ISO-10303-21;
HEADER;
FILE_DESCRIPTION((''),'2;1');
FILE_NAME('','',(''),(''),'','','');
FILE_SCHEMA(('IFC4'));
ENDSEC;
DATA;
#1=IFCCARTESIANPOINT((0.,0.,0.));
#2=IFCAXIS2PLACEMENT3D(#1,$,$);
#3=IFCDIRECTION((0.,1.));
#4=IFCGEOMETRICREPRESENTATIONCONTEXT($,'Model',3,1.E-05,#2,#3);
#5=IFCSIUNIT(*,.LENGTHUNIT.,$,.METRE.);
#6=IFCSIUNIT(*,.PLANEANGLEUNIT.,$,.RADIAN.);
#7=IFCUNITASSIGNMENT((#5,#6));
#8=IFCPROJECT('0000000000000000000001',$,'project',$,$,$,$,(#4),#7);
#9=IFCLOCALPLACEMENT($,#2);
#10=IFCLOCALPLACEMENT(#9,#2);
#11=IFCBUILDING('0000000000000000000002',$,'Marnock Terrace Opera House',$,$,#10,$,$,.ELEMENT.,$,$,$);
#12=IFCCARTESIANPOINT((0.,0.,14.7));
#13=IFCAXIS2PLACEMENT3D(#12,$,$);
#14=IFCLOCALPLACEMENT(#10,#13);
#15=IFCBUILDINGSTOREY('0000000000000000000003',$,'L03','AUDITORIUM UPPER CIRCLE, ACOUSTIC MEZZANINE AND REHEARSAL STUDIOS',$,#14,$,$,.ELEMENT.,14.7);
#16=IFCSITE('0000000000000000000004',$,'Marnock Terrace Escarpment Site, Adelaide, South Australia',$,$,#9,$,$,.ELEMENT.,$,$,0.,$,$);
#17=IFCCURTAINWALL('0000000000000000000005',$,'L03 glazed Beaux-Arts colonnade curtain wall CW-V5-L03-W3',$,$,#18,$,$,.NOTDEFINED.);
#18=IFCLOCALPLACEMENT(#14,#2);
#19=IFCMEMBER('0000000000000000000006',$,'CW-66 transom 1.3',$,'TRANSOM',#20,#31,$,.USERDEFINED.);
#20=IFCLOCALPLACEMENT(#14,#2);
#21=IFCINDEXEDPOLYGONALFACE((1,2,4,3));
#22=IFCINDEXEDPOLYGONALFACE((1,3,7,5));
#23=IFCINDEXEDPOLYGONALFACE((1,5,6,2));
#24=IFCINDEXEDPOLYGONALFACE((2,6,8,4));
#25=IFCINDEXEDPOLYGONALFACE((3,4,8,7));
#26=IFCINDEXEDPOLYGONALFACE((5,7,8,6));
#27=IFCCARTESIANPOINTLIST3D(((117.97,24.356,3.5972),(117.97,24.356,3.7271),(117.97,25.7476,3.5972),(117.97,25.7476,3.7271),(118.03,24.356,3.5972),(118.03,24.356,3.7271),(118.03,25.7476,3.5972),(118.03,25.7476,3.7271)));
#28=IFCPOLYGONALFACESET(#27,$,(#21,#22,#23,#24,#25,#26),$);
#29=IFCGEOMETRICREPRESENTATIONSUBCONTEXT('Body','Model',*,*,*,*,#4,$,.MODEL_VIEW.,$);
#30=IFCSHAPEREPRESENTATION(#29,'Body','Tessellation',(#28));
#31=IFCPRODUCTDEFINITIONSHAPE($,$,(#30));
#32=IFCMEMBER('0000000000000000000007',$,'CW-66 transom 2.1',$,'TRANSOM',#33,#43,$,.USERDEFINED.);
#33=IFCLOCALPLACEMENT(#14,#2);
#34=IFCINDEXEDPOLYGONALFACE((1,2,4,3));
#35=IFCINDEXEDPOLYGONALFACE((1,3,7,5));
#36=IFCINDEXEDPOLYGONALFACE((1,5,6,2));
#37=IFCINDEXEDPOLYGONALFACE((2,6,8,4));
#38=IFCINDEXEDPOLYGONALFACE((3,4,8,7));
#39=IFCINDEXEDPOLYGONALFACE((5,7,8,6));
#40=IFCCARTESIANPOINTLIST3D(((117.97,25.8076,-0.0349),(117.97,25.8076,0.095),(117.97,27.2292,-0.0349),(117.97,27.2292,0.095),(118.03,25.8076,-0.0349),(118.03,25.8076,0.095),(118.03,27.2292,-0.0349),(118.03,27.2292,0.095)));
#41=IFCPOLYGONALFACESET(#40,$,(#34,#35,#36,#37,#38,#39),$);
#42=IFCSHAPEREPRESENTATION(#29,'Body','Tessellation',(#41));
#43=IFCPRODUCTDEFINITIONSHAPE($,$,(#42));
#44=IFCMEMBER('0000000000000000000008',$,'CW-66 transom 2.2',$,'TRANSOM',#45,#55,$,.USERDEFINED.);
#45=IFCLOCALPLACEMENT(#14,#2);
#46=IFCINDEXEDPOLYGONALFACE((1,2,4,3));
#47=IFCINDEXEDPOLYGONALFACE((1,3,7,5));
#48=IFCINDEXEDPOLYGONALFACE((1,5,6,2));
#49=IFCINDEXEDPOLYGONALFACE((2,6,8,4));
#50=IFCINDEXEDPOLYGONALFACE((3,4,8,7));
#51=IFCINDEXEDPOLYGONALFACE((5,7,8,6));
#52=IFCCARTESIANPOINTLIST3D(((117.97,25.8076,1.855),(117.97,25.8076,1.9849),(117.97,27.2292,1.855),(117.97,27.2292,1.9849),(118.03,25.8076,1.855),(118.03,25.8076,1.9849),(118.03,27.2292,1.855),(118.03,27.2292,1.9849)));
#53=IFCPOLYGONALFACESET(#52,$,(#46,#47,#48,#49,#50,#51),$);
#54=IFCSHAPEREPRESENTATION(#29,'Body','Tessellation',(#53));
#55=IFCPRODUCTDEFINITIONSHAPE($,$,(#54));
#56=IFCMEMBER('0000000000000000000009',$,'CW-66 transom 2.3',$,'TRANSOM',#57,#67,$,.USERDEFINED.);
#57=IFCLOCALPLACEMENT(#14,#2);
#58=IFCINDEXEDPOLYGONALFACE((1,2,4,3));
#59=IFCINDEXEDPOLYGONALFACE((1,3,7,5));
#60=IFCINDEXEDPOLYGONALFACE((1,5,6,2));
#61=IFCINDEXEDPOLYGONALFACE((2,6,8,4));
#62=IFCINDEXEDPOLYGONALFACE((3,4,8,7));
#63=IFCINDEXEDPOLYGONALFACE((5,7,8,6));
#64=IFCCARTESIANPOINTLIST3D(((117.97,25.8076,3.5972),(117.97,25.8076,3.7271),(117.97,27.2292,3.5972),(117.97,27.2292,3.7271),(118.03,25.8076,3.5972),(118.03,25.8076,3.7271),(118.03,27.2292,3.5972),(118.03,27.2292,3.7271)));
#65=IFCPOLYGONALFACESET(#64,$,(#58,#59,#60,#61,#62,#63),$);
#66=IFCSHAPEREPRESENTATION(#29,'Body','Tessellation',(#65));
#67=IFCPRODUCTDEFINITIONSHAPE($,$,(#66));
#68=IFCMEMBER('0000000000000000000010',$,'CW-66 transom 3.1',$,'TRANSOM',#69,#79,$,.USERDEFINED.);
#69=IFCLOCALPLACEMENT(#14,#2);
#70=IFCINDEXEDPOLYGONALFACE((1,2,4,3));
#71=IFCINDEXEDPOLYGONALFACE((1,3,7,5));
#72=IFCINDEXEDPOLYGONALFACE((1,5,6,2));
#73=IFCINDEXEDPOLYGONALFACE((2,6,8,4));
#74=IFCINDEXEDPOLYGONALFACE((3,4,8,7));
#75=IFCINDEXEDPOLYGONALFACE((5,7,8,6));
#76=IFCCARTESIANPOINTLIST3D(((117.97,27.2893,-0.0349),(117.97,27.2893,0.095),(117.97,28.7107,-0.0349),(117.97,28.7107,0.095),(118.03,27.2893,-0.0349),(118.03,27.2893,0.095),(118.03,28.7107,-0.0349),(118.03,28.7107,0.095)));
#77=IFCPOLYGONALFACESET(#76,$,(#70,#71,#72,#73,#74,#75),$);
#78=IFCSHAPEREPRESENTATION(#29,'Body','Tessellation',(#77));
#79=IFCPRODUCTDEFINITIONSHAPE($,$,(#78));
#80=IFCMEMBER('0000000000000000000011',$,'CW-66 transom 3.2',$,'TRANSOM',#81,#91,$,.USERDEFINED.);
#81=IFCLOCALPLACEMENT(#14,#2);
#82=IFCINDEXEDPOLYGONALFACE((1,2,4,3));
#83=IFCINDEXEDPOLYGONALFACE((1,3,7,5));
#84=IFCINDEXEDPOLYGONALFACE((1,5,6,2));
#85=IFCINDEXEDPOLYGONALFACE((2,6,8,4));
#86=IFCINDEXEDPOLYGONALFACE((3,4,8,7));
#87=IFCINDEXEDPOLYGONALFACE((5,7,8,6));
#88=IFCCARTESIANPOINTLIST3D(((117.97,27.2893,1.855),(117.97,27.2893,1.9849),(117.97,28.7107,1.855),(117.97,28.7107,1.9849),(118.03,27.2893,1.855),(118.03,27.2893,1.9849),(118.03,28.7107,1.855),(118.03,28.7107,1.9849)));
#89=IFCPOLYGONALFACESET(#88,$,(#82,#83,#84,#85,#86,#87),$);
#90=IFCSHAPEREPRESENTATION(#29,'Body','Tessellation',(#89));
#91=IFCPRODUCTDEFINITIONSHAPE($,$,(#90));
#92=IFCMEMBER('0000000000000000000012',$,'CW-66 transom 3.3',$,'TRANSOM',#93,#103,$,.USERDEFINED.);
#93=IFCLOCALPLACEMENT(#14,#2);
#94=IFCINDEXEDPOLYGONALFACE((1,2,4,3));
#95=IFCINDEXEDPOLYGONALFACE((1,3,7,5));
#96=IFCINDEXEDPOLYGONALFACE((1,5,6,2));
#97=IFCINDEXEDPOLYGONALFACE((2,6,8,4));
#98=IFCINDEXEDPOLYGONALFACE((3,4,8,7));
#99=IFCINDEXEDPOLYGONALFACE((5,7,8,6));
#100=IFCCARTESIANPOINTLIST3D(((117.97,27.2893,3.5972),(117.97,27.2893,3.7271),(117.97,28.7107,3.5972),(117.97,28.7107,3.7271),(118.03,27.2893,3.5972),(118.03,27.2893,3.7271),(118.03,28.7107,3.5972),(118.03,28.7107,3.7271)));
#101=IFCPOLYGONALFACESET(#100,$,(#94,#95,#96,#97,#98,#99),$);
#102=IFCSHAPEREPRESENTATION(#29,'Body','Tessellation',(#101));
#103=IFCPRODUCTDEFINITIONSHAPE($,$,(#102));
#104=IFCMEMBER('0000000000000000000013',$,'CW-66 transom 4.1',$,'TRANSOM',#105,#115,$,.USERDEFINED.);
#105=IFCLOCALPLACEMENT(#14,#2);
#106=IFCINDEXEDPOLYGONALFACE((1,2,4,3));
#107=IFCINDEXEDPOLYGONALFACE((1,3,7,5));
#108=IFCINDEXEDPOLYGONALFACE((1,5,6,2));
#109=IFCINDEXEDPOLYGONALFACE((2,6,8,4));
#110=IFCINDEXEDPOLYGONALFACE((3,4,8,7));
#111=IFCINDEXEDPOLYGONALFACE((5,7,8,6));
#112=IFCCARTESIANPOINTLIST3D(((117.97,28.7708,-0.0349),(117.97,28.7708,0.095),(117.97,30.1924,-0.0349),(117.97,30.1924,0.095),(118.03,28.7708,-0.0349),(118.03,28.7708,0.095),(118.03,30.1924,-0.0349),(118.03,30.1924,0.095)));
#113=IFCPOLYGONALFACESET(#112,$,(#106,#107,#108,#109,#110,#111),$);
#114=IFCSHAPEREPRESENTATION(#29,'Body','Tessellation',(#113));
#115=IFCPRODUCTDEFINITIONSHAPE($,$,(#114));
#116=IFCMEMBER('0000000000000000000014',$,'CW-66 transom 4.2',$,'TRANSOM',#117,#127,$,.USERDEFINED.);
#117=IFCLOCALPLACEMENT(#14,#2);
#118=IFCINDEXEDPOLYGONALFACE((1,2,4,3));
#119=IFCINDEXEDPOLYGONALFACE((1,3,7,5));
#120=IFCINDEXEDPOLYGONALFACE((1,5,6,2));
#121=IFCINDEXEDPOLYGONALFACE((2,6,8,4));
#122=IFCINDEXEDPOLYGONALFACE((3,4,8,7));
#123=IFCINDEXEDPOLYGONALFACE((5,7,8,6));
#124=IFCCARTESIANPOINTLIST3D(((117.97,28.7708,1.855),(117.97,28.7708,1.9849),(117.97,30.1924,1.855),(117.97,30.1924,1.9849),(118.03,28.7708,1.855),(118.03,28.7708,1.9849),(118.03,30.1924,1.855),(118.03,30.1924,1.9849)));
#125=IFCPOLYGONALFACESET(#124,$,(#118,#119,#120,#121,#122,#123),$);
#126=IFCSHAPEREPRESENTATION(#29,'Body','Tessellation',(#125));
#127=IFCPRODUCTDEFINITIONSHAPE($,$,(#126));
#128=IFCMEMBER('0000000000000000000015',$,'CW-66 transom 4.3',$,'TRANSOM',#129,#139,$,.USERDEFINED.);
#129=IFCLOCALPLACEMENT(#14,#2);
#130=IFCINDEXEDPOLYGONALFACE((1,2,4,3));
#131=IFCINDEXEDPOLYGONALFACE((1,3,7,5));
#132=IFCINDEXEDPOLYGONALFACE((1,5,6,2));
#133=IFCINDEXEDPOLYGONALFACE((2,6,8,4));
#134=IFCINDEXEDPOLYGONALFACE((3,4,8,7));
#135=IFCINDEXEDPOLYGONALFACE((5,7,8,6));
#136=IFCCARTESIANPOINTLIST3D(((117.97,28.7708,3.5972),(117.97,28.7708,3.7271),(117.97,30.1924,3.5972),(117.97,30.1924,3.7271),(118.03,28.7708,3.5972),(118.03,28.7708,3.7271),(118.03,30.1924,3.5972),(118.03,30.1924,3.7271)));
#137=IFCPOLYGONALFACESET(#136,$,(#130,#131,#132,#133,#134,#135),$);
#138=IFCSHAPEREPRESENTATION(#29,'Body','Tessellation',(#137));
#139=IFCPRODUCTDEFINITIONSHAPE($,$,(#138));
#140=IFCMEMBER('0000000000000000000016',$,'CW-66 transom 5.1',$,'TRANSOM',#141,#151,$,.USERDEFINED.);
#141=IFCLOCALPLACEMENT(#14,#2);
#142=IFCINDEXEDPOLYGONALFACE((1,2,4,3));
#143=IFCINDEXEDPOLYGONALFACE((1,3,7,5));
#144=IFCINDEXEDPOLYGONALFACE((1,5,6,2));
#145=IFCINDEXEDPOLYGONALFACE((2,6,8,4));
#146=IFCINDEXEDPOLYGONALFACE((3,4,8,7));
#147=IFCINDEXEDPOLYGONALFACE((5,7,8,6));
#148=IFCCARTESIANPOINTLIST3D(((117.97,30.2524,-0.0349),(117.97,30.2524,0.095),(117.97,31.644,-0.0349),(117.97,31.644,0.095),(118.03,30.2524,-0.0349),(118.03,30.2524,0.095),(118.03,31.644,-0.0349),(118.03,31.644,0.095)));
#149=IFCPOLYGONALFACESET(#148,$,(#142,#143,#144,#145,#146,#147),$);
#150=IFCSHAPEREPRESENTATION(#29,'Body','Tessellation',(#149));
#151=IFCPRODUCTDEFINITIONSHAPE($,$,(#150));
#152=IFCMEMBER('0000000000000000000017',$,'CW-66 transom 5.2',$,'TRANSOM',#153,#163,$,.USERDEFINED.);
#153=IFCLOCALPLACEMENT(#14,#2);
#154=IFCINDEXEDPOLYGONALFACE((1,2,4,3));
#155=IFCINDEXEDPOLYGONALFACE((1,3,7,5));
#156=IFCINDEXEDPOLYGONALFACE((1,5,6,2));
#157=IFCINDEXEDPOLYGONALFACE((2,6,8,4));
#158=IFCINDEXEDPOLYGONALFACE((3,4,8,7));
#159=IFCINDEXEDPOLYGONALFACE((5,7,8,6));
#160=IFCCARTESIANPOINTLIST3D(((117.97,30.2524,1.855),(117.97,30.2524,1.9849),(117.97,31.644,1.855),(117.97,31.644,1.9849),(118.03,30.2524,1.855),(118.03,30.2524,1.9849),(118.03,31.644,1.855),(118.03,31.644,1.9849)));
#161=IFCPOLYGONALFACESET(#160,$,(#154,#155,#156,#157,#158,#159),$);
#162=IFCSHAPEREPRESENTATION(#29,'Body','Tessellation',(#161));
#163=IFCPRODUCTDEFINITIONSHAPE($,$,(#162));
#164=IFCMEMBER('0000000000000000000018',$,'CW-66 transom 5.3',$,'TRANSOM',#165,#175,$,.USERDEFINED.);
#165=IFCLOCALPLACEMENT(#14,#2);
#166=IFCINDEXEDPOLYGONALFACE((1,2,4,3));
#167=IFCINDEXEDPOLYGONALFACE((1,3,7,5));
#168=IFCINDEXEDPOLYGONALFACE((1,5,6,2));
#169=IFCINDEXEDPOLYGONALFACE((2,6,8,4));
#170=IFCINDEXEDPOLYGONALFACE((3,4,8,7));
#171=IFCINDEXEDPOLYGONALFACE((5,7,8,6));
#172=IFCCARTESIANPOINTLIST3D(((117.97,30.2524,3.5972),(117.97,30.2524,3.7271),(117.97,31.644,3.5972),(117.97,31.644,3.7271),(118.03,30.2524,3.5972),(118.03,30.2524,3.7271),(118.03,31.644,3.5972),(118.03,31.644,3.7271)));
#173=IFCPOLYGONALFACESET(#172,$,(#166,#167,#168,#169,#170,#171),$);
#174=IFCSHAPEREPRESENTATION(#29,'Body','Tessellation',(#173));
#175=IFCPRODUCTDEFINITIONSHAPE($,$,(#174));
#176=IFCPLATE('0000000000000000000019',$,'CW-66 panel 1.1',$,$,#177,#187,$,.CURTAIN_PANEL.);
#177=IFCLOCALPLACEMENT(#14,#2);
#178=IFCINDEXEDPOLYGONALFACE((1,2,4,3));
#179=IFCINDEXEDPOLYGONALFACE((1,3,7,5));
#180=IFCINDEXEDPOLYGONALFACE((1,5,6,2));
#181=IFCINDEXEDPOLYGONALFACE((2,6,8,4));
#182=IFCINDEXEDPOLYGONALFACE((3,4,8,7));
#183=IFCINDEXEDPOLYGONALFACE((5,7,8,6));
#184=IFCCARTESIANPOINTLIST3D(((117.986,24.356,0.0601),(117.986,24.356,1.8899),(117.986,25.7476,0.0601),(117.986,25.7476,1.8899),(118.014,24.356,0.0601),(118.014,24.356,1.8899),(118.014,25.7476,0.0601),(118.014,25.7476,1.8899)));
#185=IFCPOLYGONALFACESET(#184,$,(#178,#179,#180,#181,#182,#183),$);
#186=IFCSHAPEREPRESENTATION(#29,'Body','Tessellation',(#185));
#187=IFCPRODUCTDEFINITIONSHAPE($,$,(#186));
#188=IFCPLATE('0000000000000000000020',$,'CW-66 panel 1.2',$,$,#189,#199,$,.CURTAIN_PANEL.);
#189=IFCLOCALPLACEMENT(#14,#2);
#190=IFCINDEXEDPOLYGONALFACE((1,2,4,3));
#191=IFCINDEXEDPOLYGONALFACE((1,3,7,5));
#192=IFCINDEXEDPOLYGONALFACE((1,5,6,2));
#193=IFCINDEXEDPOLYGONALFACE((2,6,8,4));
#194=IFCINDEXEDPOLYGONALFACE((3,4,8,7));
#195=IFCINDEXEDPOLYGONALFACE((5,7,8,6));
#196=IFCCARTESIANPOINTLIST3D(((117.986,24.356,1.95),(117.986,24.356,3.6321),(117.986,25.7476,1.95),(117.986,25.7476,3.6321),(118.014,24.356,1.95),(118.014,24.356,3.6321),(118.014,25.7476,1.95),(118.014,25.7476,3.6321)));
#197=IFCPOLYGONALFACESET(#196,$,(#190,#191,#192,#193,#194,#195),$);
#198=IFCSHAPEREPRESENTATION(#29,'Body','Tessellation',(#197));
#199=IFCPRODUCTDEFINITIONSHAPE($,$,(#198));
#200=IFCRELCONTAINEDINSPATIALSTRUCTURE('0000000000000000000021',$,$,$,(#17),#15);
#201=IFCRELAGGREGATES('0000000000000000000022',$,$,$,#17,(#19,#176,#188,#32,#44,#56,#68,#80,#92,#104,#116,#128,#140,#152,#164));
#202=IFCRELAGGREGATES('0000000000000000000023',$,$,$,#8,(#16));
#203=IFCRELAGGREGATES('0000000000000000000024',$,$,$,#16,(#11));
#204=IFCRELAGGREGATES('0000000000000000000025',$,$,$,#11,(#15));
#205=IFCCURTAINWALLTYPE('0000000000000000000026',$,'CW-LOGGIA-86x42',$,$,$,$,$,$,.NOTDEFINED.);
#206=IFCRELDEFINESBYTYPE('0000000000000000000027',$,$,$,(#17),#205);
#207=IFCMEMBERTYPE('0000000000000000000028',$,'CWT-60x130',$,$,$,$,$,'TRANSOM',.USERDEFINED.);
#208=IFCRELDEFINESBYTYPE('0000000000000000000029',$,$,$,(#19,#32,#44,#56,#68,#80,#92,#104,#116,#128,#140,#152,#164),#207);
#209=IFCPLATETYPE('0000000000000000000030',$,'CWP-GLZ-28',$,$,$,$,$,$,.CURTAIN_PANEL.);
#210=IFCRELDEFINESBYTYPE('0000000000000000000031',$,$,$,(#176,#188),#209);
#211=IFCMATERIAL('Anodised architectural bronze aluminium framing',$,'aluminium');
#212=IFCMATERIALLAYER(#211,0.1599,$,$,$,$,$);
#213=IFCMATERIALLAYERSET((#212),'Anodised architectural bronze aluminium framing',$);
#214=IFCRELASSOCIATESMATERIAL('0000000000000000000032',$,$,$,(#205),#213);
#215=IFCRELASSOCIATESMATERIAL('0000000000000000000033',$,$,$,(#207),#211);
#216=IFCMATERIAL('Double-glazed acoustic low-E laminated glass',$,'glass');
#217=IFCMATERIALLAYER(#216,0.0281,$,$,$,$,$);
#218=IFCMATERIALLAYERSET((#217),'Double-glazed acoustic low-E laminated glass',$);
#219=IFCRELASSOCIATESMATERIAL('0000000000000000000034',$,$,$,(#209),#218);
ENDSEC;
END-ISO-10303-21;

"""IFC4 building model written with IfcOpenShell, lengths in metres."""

from ifc_helpers import new_model, si_unit, direction, frame, origin, origin_2d, place, context, subcontext, project, spatial, rectangle, extrude, material, layer, layer_set, material_profile, profile_set, type_object, element, aggregate, save


model = new_model("IFC4")

# Units and contexts
model_context = context("Model", 3, precision=1e-05, world=origin(), true_north=direction((0.0, 1.0)))
body_context = subcontext(model_context, "Body", "Model", "MODEL_VIEW")
ifc_project = project(units=[si_unit("LENGTHUNIT", "METRE"), si_unit("PLANEANGLEUNIT", "RADIAN")], contexts=[model_context])

# Site, building, storey
site_placement = place(None, origin())
site = spatial("IfcSite", under=ifc_project, at=site_placement, Name="Marnock Terrace Escarpment Site, Adelaide, South Australia", CompositionType="ELEMENT", RefElevation=0.0)
building_placement = place(site_placement, origin())
building = spatial("IfcBuilding", under=site, at=building_placement, Name="Marnock Terrace Opera House", CompositionType="ELEMENT")
storey_placement = place(building_placement, frame((0.0, 0.0, 14.7)))
storey = spatial("IfcBuildingStorey", under=building, at=storey_placement, Name="L03", Description="AUDITORIUM UPPER CIRCLE, ACOUSTIC MEZZANINE AND REHEARSAL STUDIOS", CompositionType="ELEMENT", Elevation=14.7)

# Curtain wall, members, plates
ifc_material_1 = material(Name="Anodised architectural bronze aluminium framing", Category="aluminium")
ifc_layer_1 = layer(ifc_material_1, 0.1599)
ifc_layer_set_1 = layer_set([ifc_layer_1], Name="Anodised architectural bronze aluminium framing")
curtain_wall_type = type_object("IfcCurtainWallType", Name="CW-LOGGIA-86x42", PredefinedType="NOTDEFINED", material=ifc_layer_set_1)
curtain_wall_placement = place(storey_placement, origin())
curtain_wall = element("IfcCurtainWall", 1, at=curtain_wall_placement, inside=storey, type_object=curtain_wall_type, Name="L03 glazed Beaux-Arts colonnade curtain wall CW-V5-L03-W3", PredefinedType="NOTDEFINED")
ifc_material_profile_1 = material_profile(ifc_material_1, rectangle(XDim=0.0601, YDim=0.1299, at=origin_2d()))
ifc_profile_set_1 = profile_set([ifc_material_profile_1], Name="Anodised architectural bronze aluminium framing")
member_type_1 = type_object("IfcMemberType", Name="CWT-60x130", ElementType="TRANSOM", PredefinedType="USERDEFINED", material=ifc_profile_set_1)
member_1_placement = place(storey_placement, frame((118.0, 24.356, 3.6621), z_axis=(0.0, 1.0, 0.0), x_axis=(-1.0, 0.0, 0.0)))
member_1 = element("IfcMember", 2, at=member_1_placement, type_object=member_type_1, Name="CW-66 transom 1.3", ObjectType="TRANSOM", PredefinedType="USERDEFINED", context=body_context, shape_type="SweptSolid", body=[
    extrude(rectangle(XDim=0.0601, YDim=0.1299, at=origin_2d()), origin(), (0.0, 0.0, 1.0), 1.3916),
])
member_2_placement = place(storey_placement, frame((118.0, 25.8076, 0.03), z_axis=(0.0, 1.0, 0.0), x_axis=(-1.0, 0.0, 0.0)))
member_2 = element("IfcMember", 3, at=member_2_placement, type_object=member_type_1, Name="CW-66 transom 2.1", ObjectType="TRANSOM", PredefinedType="USERDEFINED", context=body_context, shape_type="SweptSolid", body=[
    extrude(rectangle(XDim=0.0601, YDim=0.1299, at=origin_2d()), origin(), (0.0, 0.0, 1.0), 1.4216),
])
member_3_placement = place(storey_placement, frame((118.0, 25.8076, 1.9199), z_axis=(0.0, 1.0, 0.0), x_axis=(-1.0, 0.0, 0.0)))
member_3 = element("IfcMember", 4, at=member_3_placement, type_object=member_type_1, Name="CW-66 transom 2.2", ObjectType="TRANSOM", PredefinedType="USERDEFINED", context=body_context, shape_type="SweptSolid", body=[
    extrude(rectangle(XDim=0.0601, YDim=0.1299, at=origin_2d()), origin(), (0.0, 0.0, 1.0), 1.4216),
])
member_4_placement = place(storey_placement, frame((118.0, 25.8076, 3.6621), z_axis=(0.0, 1.0, 0.0), x_axis=(-1.0, 0.0, 0.0)))
member_4 = element("IfcMember", 5, at=member_4_placement, type_object=member_type_1, Name="CW-66 transom 2.3", ObjectType="TRANSOM", PredefinedType="USERDEFINED", context=body_context, shape_type="SweptSolid", body=[
    extrude(rectangle(XDim=0.0601, YDim=0.1299, at=origin_2d()), origin(), (0.0, 0.0, 1.0), 1.4216),
])
member_5_placement = place(storey_placement, frame((118.0, 27.2893, 0.03), z_axis=(0.0, 1.0, 0.0), x_axis=(-1.0, 0.0, 0.0)))
member_5 = element("IfcMember", 6, at=member_5_placement, type_object=member_type_1, Name="CW-66 transom 3.1", ObjectType="TRANSOM", PredefinedType="USERDEFINED", context=body_context, shape_type="SweptSolid", body=[
    extrude(rectangle(XDim=0.0601, YDim=0.1299, at=origin_2d()), origin(), (0.0, 0.0, 1.0), 1.4214),
])
member_6_placement = place(storey_placement, frame((118.0, 27.2893, 1.9199), z_axis=(0.0, 1.0, 0.0), x_axis=(-1.0, 0.0, 0.0)))
member_6 = element("IfcMember", 7, at=member_6_placement, type_object=member_type_1, Name="CW-66 transom 3.2", ObjectType="TRANSOM", PredefinedType="USERDEFINED", context=body_context, shape_type="SweptSolid", body=[
    extrude(rectangle(XDim=0.0601, YDim=0.1299, at=origin_2d()), origin(), (0.0, 0.0, 1.0), 1.4214),
])
member_7_placement = place(storey_placement, frame((118.0, 27.2893, 3.6621), z_axis=(0.0, 1.0, 0.0), x_axis=(-1.0, 0.0, 0.0)))
member_7 = element("IfcMember", 8, at=member_7_placement, type_object=member_type_1, Name="CW-66 transom 3.3", ObjectType="TRANSOM", PredefinedType="USERDEFINED", context=body_context, shape_type="SweptSolid", body=[
    extrude(rectangle(XDim=0.0601, YDim=0.1299, at=origin_2d()), origin(), (0.0, 0.0, 1.0), 1.4214),
])
member_8_placement = place(storey_placement, frame((118.0, 28.7708, 0.03), z_axis=(0.0, 1.0, 0.0), x_axis=(-1.0, 0.0, 0.0)))
member_8 = element("IfcMember", 9, at=member_8_placement, type_object=member_type_1, Name="CW-66 transom 4.1", ObjectType="TRANSOM", PredefinedType="USERDEFINED", context=body_context, shape_type="SweptSolid", body=[
    extrude(rectangle(XDim=0.0601, YDim=0.1299, at=origin_2d()), origin(), (0.0, 0.0, 1.0), 1.4216),
])
member_9_placement = place(storey_placement, frame((118.0, 28.7708, 1.9199), z_axis=(0.0, 1.0, 0.0), x_axis=(-1.0, 0.0, 0.0)))
member_9 = element("IfcMember", 10, at=member_9_placement, type_object=member_type_1, Name="CW-66 transom 4.2", ObjectType="TRANSOM", PredefinedType="USERDEFINED", context=body_context, shape_type="SweptSolid", body=[
    extrude(rectangle(XDim=0.0601, YDim=0.1299, at=origin_2d()), origin(), (0.0, 0.0, 1.0), 1.4216),
])
member_10_placement = place(storey_placement, frame((118.0, 28.7708, 3.6621), z_axis=(0.0, 1.0, 0.0), x_axis=(-1.0, 0.0, 0.0)))
member_10 = element("IfcMember", 11, at=member_10_placement, type_object=member_type_1, Name="CW-66 transom 4.3", ObjectType="TRANSOM", PredefinedType="USERDEFINED", context=body_context, shape_type="SweptSolid", body=[
    extrude(rectangle(XDim=0.0601, YDim=0.1299, at=origin_2d()), origin(), (0.0, 0.0, 1.0), 1.4216),
])
member_11_placement = place(storey_placement, frame((118.0, 30.2524, 0.03), z_axis=(0.0, 1.0, 0.0), x_axis=(-1.0, 0.0, 0.0)))
member_11 = element("IfcMember", 12, at=member_11_placement, type_object=member_type_1, Name="CW-66 transom 5.1", ObjectType="TRANSOM", PredefinedType="USERDEFINED", context=body_context, shape_type="SweptSolid", body=[
    extrude(rectangle(XDim=0.0601, YDim=0.1299, at=origin_2d()), origin(), (0.0, 0.0, 1.0), 1.3916),
])
member_12_placement = place(storey_placement, frame((118.0, 30.2524, 1.9199), z_axis=(0.0, 1.0, 0.0), x_axis=(-1.0, 0.0, 0.0)))
member_12 = element("IfcMember", 13, at=member_12_placement, type_object=member_type_1, Name="CW-66 transom 5.2", ObjectType="TRANSOM", PredefinedType="USERDEFINED", context=body_context, shape_type="SweptSolid", body=[
    extrude(rectangle(XDim=0.0601, YDim=0.1299, at=origin_2d()), origin(), (0.0, 0.0, 1.0), 1.3916),
])
member_13_placement = place(storey_placement, frame((118.0, 30.2524, 3.6621), z_axis=(0.0, 1.0, 0.0), x_axis=(-1.0, 0.0, 0.0)))
member_13 = element("IfcMember", 14, at=member_13_placement, type_object=member_type_1, Name="CW-66 transom 5.3", ObjectType="TRANSOM", PredefinedType="USERDEFINED", context=body_context, shape_type="SweptSolid", body=[
    extrude(rectangle(XDim=0.0601, YDim=0.1299, at=origin_2d()), origin(), (0.0, 0.0, 1.0), 1.3916),
])
ifc_material_2 = material(Name="Double-glazed acoustic low-E laminated glass", Category="glass")
ifc_layer_2 = layer(ifc_material_2, 0.0281)
ifc_layer_set_2 = layer_set([ifc_layer_2], Name="Double-glazed acoustic low-E laminated glass")
plate_type = type_object("IfcPlateType", Name="CWP-GLZ-28", PredefinedType="CURTAIN_PANEL", material=ifc_layer_set_2)
plate_1_placement = place(storey_placement, frame((118.0, 25.0518, 0.0601), z_axis=(0.0, 0.0, 1.0), x_axis=(0.0, 1.0, 0.0)))
plate_1 = element("IfcPlate", 15, at=plate_1_placement, type_object=plate_type, Name="CW-66 panel 1.1", PredefinedType="CURTAIN_PANEL", context=body_context, shape_type="SweptSolid", body=[
    extrude(rectangle(XDim=1.3916, YDim=0.0281, at=origin_2d()), origin(), (0.0, 0.0, 1.0), 1.8298),
])
plate_2_placement = place(storey_placement, frame((118.0, 25.0518, 1.95), z_axis=(0.0, 0.0, 1.0), x_axis=(0.0, 1.0, 0.0)))
plate_2 = element("IfcPlate", 16, at=plate_2_placement, type_object=plate_type, Name="CW-66 panel 1.2", PredefinedType="CURTAIN_PANEL", context=body_context, shape_type="SweptSolid", body=[
    extrude(rectangle(XDim=1.3916, YDim=0.0281, at=origin_2d()), origin(), (0.0, 0.0, 1.0), 1.6821),
])
aggregate(curtain_wall, [member_1, plate_1, plate_2, member_2, member_3, member_4, member_5, member_6, member_7, member_8, member_9, member_10, member_11, member_12, member_13])

save(model, "model.ifc")
